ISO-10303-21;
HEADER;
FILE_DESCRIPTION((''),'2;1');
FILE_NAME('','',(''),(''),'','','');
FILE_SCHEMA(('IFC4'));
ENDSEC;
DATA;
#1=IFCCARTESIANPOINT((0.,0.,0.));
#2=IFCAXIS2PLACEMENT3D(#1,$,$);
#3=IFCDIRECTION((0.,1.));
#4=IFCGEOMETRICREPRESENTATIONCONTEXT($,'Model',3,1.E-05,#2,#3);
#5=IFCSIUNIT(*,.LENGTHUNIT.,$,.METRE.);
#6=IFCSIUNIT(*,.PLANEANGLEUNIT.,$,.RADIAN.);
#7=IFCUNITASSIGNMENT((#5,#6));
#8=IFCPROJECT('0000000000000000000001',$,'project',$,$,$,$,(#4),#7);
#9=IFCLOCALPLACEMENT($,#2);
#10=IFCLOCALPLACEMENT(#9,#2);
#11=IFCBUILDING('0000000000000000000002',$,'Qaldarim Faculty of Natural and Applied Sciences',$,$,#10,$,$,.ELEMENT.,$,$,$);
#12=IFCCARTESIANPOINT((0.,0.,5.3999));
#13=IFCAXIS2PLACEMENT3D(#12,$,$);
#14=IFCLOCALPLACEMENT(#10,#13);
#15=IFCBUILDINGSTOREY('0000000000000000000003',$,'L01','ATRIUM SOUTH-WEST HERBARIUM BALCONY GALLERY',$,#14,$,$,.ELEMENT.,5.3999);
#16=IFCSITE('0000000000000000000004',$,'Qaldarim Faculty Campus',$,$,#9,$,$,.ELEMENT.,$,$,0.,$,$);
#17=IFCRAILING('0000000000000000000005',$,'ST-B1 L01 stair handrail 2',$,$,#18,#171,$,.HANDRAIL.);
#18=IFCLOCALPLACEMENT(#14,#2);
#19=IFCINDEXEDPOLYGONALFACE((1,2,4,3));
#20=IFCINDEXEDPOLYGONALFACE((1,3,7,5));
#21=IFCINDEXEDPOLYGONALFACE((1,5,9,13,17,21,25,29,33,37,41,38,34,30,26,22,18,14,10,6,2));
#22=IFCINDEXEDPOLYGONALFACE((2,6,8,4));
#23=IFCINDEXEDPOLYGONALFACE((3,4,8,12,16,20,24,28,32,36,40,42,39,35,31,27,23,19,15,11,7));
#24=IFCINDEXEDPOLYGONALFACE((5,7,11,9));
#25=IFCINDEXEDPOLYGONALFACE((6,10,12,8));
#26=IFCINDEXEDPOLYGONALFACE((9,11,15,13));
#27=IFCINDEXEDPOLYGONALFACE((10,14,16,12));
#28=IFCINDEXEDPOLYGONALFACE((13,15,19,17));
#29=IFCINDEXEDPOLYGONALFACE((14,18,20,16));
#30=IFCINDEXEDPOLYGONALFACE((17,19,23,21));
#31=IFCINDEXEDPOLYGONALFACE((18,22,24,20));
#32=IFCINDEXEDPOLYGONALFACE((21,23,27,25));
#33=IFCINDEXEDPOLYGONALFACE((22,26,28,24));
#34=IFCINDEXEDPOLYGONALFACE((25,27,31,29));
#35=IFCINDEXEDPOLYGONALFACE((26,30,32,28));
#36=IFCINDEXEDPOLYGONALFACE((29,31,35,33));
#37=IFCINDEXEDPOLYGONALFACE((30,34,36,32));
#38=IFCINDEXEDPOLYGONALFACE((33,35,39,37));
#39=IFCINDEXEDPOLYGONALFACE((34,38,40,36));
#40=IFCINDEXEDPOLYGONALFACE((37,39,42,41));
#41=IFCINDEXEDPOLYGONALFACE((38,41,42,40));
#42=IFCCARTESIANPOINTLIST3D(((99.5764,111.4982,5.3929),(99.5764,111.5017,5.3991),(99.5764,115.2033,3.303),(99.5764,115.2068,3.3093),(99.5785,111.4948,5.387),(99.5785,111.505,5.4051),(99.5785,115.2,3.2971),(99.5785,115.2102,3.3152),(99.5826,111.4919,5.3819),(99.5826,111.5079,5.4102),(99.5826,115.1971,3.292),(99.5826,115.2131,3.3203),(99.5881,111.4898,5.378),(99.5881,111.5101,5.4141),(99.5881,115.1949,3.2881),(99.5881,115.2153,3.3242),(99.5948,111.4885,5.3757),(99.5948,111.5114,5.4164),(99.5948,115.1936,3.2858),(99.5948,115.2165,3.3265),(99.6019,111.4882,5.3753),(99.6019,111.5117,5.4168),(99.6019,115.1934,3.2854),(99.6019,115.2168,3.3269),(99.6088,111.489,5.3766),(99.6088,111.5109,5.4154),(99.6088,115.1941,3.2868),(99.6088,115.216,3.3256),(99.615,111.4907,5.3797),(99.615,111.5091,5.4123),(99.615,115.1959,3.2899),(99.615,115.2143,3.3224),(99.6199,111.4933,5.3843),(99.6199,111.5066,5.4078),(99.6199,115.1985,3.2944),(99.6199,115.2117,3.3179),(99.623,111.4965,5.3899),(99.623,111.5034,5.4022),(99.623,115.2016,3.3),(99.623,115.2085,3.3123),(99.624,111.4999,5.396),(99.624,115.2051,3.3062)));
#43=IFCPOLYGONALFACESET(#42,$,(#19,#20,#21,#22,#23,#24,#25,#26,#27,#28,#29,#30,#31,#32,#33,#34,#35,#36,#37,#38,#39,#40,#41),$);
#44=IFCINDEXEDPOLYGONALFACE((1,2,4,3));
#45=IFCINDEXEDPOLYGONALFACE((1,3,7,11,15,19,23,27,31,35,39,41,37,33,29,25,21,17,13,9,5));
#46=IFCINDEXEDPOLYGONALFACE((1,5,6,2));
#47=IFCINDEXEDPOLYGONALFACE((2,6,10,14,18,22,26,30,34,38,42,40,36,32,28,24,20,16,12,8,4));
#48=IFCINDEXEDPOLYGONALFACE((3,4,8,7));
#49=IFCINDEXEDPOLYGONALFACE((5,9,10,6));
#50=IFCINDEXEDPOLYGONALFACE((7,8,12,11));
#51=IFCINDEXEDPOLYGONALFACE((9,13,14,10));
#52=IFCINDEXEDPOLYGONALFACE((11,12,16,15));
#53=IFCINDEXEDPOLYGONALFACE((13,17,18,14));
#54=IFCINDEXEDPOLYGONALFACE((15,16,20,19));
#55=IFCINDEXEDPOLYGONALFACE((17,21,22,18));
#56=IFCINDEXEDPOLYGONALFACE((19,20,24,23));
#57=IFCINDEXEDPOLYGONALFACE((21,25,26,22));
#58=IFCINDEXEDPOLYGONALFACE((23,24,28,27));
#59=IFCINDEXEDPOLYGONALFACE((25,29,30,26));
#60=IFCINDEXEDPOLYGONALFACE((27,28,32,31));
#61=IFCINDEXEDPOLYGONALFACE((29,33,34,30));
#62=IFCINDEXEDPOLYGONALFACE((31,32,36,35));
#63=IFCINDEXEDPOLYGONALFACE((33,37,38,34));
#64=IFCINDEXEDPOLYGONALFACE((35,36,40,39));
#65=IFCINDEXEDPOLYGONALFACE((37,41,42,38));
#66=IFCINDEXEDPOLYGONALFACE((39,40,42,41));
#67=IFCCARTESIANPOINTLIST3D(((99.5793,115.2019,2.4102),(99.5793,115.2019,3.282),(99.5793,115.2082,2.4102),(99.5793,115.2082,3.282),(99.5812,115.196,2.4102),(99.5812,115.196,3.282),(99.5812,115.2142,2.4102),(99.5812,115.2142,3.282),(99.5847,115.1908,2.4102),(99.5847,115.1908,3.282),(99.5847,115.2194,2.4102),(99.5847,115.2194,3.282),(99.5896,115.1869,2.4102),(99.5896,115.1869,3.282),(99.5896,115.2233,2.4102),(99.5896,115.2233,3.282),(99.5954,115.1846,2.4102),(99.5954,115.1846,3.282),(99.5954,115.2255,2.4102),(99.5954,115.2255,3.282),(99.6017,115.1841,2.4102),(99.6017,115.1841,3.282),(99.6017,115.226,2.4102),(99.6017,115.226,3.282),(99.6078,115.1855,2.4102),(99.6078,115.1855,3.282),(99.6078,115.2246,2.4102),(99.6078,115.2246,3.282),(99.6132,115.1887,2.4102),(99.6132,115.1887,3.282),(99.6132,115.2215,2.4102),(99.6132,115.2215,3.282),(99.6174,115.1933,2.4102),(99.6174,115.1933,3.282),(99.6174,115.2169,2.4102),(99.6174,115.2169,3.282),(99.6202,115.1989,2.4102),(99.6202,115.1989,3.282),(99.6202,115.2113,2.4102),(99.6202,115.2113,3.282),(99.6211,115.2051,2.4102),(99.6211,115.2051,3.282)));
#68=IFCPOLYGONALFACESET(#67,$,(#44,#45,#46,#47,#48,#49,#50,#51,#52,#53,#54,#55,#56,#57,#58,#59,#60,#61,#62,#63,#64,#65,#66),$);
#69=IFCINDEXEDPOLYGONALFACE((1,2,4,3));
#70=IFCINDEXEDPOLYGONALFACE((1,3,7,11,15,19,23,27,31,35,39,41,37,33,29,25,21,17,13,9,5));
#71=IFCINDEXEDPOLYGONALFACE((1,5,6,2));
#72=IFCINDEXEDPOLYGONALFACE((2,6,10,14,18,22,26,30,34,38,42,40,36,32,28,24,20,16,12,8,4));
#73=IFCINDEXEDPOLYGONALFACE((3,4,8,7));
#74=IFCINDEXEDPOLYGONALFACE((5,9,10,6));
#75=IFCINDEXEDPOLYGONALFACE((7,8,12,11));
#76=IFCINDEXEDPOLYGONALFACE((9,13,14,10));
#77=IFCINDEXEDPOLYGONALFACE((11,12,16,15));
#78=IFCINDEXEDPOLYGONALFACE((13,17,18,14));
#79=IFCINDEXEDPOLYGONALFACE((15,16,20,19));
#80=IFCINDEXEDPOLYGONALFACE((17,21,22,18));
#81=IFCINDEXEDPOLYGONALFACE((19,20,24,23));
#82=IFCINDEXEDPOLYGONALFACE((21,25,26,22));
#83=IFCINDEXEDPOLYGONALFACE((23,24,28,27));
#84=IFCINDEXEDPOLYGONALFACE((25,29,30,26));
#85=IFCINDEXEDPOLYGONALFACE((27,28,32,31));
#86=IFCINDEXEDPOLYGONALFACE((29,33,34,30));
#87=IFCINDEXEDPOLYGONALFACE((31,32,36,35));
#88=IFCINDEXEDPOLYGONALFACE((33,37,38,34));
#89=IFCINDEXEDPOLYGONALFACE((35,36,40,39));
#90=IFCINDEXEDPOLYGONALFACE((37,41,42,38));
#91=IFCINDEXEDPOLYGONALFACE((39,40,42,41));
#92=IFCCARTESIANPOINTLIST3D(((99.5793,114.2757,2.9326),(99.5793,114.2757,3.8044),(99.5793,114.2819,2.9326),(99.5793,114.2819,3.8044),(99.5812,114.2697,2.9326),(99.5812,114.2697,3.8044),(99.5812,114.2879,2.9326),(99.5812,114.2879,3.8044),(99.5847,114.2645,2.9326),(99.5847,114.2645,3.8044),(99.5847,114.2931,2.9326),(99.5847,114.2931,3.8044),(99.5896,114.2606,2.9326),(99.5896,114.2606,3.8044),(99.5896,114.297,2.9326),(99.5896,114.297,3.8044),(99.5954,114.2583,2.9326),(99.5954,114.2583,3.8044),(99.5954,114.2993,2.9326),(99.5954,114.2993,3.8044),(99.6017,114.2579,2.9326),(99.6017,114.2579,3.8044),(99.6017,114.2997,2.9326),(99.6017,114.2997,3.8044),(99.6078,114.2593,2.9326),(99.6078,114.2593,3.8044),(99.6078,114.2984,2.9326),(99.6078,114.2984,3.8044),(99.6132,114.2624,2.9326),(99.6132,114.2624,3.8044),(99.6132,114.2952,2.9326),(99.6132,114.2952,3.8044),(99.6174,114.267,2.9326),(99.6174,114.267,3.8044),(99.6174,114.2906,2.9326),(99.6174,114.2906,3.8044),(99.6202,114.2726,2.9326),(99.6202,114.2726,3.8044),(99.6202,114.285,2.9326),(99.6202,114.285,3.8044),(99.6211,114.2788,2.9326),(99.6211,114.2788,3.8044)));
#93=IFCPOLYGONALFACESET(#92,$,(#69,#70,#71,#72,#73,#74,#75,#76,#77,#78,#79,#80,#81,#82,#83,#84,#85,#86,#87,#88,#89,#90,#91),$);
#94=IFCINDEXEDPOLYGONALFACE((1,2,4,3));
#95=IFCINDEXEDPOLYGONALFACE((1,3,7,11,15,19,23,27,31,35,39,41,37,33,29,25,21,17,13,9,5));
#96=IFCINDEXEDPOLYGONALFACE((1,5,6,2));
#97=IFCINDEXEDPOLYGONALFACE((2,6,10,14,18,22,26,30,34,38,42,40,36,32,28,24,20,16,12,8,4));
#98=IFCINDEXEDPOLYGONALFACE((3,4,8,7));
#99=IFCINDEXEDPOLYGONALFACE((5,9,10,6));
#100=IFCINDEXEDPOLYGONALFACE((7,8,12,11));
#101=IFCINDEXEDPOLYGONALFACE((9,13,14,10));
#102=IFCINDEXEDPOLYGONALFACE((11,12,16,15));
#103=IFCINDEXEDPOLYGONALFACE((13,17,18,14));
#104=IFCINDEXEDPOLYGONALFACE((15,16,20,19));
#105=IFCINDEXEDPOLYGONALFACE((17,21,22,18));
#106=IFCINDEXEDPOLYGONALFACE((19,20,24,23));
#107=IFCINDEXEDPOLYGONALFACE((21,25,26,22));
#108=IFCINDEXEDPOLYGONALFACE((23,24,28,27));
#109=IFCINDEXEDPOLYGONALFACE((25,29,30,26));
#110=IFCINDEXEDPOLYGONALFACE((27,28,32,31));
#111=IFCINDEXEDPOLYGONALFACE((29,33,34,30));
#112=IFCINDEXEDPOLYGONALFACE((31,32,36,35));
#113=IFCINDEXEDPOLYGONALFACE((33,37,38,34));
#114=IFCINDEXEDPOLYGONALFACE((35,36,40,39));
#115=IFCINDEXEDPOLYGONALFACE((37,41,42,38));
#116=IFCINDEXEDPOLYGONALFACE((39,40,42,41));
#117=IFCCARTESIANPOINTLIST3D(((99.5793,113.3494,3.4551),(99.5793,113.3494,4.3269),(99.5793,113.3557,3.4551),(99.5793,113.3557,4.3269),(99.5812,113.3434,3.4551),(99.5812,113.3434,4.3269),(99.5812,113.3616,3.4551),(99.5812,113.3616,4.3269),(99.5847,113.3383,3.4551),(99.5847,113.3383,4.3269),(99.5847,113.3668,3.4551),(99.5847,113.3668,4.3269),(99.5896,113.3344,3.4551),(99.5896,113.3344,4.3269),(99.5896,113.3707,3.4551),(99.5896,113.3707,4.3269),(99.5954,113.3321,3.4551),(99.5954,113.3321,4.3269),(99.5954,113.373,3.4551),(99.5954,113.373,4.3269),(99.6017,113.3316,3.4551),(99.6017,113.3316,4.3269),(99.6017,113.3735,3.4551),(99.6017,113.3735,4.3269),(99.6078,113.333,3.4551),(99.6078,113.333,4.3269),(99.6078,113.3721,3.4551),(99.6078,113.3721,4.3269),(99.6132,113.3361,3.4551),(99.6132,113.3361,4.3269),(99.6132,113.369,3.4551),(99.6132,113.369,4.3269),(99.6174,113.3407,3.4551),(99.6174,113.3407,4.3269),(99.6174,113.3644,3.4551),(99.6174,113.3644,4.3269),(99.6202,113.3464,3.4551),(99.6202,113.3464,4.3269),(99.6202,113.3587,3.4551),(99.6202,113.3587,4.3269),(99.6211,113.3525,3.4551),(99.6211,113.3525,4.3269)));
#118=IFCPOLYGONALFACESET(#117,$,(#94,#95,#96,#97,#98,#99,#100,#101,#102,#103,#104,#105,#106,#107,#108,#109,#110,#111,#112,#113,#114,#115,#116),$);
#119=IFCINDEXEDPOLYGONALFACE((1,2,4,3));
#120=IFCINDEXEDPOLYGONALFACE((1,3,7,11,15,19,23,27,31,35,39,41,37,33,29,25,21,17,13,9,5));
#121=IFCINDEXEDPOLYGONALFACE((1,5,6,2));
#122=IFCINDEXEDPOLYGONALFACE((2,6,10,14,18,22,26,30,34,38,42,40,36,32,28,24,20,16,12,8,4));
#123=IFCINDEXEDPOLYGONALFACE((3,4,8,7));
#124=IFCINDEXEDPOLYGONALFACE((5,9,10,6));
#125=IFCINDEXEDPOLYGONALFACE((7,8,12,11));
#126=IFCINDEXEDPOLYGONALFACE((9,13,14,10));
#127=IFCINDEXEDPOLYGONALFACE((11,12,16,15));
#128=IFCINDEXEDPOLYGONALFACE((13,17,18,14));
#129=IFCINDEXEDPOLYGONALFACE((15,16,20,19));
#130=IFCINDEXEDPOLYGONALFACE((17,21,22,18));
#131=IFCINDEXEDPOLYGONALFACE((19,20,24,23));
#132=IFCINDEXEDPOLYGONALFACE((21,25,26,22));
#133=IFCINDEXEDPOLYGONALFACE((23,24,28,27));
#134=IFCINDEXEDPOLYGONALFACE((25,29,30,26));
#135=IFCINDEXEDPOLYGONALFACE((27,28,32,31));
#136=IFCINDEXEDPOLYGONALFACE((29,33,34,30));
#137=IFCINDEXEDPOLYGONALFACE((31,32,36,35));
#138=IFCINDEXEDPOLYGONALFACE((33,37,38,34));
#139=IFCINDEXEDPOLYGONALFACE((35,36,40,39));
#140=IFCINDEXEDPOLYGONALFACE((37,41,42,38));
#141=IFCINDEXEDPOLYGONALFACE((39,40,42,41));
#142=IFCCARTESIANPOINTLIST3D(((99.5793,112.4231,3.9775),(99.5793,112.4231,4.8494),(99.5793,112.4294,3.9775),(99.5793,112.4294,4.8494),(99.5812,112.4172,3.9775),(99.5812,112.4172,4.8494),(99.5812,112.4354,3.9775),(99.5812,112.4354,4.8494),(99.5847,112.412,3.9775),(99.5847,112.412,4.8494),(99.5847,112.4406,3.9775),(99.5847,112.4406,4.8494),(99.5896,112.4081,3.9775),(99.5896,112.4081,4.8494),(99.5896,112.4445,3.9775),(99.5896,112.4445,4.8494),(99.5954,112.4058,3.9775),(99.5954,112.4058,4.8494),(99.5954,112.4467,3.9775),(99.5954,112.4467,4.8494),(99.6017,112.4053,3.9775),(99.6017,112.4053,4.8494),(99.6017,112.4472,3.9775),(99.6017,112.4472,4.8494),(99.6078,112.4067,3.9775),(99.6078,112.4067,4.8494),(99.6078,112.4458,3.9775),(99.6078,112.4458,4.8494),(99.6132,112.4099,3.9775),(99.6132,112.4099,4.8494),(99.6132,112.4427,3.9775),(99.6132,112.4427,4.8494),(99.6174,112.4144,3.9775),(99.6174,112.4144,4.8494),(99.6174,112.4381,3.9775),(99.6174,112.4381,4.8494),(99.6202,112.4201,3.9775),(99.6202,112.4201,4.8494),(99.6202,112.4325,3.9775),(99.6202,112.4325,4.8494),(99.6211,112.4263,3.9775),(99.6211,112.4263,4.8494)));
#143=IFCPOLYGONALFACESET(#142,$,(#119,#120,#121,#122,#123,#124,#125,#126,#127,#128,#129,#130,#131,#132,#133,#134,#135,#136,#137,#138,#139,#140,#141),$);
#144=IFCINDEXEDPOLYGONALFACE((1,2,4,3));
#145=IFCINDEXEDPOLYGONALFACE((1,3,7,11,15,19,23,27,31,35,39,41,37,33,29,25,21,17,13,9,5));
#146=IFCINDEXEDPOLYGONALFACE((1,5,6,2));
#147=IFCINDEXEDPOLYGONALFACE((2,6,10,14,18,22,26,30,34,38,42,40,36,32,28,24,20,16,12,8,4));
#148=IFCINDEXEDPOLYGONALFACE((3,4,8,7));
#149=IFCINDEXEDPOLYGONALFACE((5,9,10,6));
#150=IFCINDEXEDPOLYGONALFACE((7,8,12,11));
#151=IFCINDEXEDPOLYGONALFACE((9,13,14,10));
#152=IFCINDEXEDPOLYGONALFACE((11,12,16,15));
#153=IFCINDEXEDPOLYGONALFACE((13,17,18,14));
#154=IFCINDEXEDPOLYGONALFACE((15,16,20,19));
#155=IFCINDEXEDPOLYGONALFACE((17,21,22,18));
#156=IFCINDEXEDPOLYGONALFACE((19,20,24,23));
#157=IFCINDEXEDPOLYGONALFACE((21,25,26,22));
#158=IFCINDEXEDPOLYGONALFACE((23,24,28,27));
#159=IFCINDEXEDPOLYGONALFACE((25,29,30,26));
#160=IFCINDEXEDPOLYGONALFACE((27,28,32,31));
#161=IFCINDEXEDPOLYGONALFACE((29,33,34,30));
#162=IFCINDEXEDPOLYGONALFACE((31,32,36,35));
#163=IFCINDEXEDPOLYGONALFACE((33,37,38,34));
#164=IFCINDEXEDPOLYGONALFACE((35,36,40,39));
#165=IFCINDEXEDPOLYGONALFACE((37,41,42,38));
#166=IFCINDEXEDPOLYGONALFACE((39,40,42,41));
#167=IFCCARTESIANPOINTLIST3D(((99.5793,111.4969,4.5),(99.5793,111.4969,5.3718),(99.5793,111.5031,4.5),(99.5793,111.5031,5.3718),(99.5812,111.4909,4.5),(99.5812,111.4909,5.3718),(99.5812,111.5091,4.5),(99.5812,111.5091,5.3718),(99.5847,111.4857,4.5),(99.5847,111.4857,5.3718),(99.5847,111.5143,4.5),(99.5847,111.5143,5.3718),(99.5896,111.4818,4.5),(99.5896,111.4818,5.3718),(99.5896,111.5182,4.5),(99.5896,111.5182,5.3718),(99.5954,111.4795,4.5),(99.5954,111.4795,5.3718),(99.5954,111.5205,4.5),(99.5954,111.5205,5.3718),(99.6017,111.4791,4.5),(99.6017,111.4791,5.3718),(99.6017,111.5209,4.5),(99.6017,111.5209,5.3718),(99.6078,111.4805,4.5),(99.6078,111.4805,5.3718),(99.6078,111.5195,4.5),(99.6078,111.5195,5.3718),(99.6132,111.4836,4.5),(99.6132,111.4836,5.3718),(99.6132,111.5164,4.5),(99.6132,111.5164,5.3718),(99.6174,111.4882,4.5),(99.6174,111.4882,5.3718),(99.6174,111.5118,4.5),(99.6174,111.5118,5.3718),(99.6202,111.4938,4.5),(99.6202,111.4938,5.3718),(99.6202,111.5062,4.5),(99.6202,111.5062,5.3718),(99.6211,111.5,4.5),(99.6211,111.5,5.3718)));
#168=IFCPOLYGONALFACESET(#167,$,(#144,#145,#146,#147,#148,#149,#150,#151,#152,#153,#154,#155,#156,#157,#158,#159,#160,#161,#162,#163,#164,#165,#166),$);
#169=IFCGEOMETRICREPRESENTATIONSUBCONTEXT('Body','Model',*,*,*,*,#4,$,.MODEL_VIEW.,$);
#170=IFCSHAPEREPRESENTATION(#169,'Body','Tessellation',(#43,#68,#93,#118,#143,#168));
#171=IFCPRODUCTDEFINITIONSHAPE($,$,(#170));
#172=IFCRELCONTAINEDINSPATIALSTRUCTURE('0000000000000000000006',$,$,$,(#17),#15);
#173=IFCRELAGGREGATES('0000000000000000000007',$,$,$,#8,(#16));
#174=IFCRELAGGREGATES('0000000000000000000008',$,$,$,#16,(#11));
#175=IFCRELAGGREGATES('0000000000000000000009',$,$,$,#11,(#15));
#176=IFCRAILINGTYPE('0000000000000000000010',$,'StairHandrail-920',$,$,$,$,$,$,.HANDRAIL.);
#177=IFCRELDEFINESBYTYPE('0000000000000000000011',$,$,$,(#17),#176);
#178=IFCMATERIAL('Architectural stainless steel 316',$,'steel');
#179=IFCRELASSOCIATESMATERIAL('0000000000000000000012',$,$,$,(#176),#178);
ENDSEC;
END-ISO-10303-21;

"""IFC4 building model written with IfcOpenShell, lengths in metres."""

from ifc_helpers import new_model, si_unit, direction, frame, origin, origin_2d, place, context, subcontext, project, spatial, circle, extrude, material, type_object, element, save


model = new_model("IFC4")

# Units and contexts
model_context = context("Model", 3, precision=1e-05, world=origin(), true_north=direction((0.0, 1.0)))
body_context = subcontext(model_context, "Body", "Model", "MODEL_VIEW")
ifc_project = project(units=[si_unit("LENGTHUNIT", "METRE"), si_unit("PLANEANGLEUNIT", "RADIAN")], contexts=[model_context])

# Site, building, storey
site_placement = place(None, origin())
site = spatial("IfcSite", under=ifc_project, at=site_placement, Name="Qaldarim Faculty Campus", CompositionType="ELEMENT", RefElevation=0.0)
building_placement = place(site_placement, origin())
building = spatial("IfcBuilding", under=site, at=building_placement, Name="Qaldarim Faculty of Natural and Applied Sciences", CompositionType="ELEMENT")
storey_placement = place(building_placement, frame((0.0, 0.0, 5.3999)))
storey = spatial("IfcBuildingStorey", under=building, at=storey_placement, Name="L01", Description="ATRIUM SOUTH-WEST HERBARIUM BALCONY GALLERY", CompositionType="ELEMENT", Elevation=5.3999)

# Shared definitions
ifc_material_1 = material(Name="Architectural stainless steel 316", Category="steel")

# Railing
railing_type_1 = type_object("IfcRailingType", Name="StairHandrail-920", PredefinedType="HANDRAIL", material=ifc_material_1)
railing_1_placement = place(storey_placement, frame((99.6001, 115.2051, 2.4102)))
element("IfcRailing", 1, at=railing_1_placement, inside=storey, type_object=railing_type_1, Name="ST-B1 L01 stair handrail 2", PredefinedType="HANDRAIL", context=body_context, shape_type="SweptSolid", body=[
    extrude(circle(Radius=0.0239, at=origin_2d()), frame((0.0, 0.0, 0.896), z_axis=(0.0, -0.870999, 0.491285), x_axis=(1.0, 0.0, 0.0)), (0.0, 0.0, 1.0), 4.2539),
    extrude(circle(Radius=0.021, at=origin_2d()), origin(), (0.0, 0.0, 1.0), 0.8718),
    extrude(circle(Radius=0.021, at=origin_2d()), frame((0.0, -0.9263, 0.5225)), (0.0, 0.0, 1.0), 0.8718),
    extrude(circle(Radius=0.021, at=origin_2d()), frame((0.0, -1.8525, 1.0449)), (0.0, 0.0, 1.0), 0.8718),
    extrude(circle(Radius=0.021, at=origin_2d()), frame((0.0, -2.7788, 1.5674)), (0.0, 0.0, 1.0), 0.8718),
    extrude(circle(Radius=0.021, at=origin_2d()), frame((0.0, -3.7051, 2.0898)), (0.0, 0.0, 1.0), 0.8718),
])

save(model, "model.ifc")
